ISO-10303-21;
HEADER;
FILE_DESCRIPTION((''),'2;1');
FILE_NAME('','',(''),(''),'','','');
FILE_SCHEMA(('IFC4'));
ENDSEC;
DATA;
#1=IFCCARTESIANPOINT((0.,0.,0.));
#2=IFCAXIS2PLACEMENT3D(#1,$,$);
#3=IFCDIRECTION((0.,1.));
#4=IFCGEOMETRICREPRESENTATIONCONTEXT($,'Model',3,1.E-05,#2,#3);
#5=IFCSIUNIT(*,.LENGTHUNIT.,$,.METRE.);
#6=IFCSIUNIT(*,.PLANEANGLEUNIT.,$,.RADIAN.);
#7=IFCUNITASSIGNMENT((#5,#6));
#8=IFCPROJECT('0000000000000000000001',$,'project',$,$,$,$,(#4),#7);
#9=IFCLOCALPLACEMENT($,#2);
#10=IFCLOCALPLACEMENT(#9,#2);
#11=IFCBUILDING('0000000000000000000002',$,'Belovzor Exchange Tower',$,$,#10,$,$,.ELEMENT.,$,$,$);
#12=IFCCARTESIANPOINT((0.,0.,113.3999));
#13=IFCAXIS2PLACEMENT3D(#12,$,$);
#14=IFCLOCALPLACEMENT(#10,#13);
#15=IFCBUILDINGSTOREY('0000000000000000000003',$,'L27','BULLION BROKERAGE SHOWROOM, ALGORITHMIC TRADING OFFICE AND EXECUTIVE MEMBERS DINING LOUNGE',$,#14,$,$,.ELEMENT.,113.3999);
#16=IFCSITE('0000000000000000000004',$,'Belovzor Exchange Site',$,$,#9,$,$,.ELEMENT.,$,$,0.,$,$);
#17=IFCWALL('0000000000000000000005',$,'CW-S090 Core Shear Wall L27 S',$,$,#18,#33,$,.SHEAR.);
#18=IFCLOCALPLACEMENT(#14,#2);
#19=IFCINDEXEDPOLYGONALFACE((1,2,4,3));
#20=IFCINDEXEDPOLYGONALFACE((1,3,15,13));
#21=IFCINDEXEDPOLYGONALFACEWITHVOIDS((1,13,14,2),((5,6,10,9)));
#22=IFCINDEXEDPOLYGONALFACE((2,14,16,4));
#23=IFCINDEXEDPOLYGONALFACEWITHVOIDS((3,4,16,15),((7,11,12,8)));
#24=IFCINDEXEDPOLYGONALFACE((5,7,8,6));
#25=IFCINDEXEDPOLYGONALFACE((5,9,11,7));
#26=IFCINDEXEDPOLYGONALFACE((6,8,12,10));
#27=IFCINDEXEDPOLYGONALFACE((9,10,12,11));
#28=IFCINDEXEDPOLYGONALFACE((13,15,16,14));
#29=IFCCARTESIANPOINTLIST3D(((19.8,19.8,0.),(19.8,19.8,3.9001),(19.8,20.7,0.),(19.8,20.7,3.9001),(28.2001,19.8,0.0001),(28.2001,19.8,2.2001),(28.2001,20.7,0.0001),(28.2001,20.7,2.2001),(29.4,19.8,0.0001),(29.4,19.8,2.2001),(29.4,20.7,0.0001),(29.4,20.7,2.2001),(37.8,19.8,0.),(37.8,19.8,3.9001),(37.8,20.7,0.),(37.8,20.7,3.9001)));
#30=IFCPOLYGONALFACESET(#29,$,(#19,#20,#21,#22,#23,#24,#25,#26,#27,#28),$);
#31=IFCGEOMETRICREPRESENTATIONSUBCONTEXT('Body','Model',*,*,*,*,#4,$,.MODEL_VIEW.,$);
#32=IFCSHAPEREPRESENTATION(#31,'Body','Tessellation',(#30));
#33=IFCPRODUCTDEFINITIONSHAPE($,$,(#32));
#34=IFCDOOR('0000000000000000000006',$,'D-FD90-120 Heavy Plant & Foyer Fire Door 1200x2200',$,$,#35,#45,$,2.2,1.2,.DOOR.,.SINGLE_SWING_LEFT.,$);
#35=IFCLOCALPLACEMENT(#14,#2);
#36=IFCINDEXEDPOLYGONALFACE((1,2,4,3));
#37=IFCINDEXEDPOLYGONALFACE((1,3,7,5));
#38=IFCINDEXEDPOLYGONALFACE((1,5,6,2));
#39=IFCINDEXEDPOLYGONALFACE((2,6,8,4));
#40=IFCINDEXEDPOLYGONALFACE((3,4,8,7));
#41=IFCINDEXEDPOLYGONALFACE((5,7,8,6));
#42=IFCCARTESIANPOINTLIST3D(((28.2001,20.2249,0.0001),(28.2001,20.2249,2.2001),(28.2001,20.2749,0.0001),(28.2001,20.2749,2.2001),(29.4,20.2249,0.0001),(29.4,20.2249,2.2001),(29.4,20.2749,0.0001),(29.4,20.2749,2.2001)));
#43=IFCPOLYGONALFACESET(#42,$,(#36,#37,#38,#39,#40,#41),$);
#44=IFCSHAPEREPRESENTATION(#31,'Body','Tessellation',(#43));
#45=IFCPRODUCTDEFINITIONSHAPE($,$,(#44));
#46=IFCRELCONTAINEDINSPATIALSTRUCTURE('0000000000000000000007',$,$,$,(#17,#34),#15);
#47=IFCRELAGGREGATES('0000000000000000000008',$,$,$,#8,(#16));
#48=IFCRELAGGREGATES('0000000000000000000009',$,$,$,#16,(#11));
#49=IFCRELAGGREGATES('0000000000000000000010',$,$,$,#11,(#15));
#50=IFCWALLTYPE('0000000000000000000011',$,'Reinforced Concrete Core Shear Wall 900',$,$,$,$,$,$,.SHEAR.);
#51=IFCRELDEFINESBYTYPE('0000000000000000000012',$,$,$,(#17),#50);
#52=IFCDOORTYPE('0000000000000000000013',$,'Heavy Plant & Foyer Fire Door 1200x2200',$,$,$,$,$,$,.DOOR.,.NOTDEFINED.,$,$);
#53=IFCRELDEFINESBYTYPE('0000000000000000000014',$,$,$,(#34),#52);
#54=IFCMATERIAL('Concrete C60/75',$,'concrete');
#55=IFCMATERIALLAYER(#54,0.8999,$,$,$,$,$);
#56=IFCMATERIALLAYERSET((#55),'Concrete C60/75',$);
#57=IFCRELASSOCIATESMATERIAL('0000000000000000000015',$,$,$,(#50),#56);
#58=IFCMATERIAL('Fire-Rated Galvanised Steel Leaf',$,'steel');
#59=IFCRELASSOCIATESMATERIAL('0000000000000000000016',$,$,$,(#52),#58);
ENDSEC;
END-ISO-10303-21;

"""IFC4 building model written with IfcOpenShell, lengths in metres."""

from ifc_helpers import new_model, si_unit, direction, frame, frame_2d, origin, place, context, subcontext, project, spatial, rectangle, extrude, material, layer, layer_set, type_object, element, fill, save


model = new_model("IFC4")

# Units and contexts
model_context = context("Model", 3, precision=1e-05, world=origin(), true_north=direction((0.0, 1.0)))
body_context = subcontext(model_context, "Body", "Model", "MODEL_VIEW")
ifc_project = project(units=[si_unit("LENGTHUNIT", "METRE"), si_unit("PLANEANGLEUNIT", "RADIAN")], contexts=[model_context])

# Site, building, storey
site_placement = place(None, origin())
site = spatial("IfcSite", under=ifc_project, at=site_placement, Name="Belovzor Exchange Site", CompositionType="ELEMENT", RefElevation=0.0)
building_placement = place(site_placement, origin())
building = spatial("IfcBuilding", under=site, at=building_placement, Name="Belovzor Exchange Tower", CompositionType="ELEMENT")
storey_placement = place(building_placement, frame((0.0, 0.0, 113.3999)))
storey = spatial("IfcBuildingStorey", under=building, at=storey_placement, Name="L27", Description="BULLION BROKERAGE SHOWROOM, ALGORITHMIC TRADING OFFICE AND EXECUTIVE MEMBERS DINING LOUNGE", CompositionType="ELEMENT", Elevation=113.3999)

# Wall, opening, door
ifc_material_1 = material(Name="Concrete C60/75", Category="concrete")
ifc_layer_1 = layer(ifc_material_1, 0.8999)
ifc_layer_set_1 = layer_set([ifc_layer_1], Name="Concrete C60/75")
wall_type_1 = type_object("IfcWallType", Name="Reinforced Concrete Core Shear Wall 900", PredefinedType="SHEAR", material=ifc_layer_set_1)
wall_1_placement = place(storey_placement, frame((19.8, 20.25, 0.0), z_axis=(0.0, 0.0, 1.0), x_axis=(1.0, 0.0, 0.0)))
wall_1 = element("IfcWall", 1, at=wall_1_placement, inside=storey, type_object=wall_type_1, Name="CW-S090 Core Shear Wall L27 S", PredefinedType="SHEAR", context=body_context, shape_type="SweptSolid", body=[
    extrude(rectangle(XDim=18.0, YDim=0.8999, at=frame_2d((9.0, 0.0))), origin(), (0.0, 0.0, 1.0), 3.9001),
])
opening_1_placement = place(wall_1_placement, frame((8.3999, 0.0, 0.0)))
opening_1 = element("IfcOpeningElement", 2, at=opening_1_placement, cuts=wall_1, PredefinedType="OPENING", context=body_context, shape_type="SweptSolid", body=[
    extrude(rectangle(XDim=1.2, YDim=2.2, at=frame_2d((0.6001, 1.1001))), frame((0.0, 0.46, 0.0), z_axis=(0.0, -1.0, 0.0), x_axis=(1.0, 0.0, 0.0)), (0.0, 0.0, 1.0), 0.9199),
])
ifc_material_2 = material(Name="Fire-Rated Galvanised Steel Leaf", Category="steel")
door_type_1 = type_object("IfcDoorType", Name="Heavy Plant & Foyer Fire Door 1200x2200", OperationType="NOTDEFINED", PredefinedType="DOOR", material=ifc_material_2)
door_1_placement = place(opening_1_placement, origin())
door_1 = element("IfcDoor", 3, at=door_1_placement, inside=storey, type_object=door_type_1, Name="D-FD90-120 Heavy Plant & Foyer Fire Door 1200x2200", OperationType="SINGLE_SWING_LEFT", OverallHeight=2.2, OverallWidth=1.2, PredefinedType="DOOR", context=body_context, shape_type="SweptSolid", body=[
    extrude(rectangle(XDim=1.2, YDim=2.2, at=frame_2d((0.6001, 1.1001))), frame((0.0, 0.0249, 0.0), z_axis=(0.0, -1.0, 0.0), x_axis=(1.0, 0.0, 0.0)), (0.0, 0.0, 1.0), 0.05),
])
fill(opening_1, door_1)

save(model, "model.ifc")
